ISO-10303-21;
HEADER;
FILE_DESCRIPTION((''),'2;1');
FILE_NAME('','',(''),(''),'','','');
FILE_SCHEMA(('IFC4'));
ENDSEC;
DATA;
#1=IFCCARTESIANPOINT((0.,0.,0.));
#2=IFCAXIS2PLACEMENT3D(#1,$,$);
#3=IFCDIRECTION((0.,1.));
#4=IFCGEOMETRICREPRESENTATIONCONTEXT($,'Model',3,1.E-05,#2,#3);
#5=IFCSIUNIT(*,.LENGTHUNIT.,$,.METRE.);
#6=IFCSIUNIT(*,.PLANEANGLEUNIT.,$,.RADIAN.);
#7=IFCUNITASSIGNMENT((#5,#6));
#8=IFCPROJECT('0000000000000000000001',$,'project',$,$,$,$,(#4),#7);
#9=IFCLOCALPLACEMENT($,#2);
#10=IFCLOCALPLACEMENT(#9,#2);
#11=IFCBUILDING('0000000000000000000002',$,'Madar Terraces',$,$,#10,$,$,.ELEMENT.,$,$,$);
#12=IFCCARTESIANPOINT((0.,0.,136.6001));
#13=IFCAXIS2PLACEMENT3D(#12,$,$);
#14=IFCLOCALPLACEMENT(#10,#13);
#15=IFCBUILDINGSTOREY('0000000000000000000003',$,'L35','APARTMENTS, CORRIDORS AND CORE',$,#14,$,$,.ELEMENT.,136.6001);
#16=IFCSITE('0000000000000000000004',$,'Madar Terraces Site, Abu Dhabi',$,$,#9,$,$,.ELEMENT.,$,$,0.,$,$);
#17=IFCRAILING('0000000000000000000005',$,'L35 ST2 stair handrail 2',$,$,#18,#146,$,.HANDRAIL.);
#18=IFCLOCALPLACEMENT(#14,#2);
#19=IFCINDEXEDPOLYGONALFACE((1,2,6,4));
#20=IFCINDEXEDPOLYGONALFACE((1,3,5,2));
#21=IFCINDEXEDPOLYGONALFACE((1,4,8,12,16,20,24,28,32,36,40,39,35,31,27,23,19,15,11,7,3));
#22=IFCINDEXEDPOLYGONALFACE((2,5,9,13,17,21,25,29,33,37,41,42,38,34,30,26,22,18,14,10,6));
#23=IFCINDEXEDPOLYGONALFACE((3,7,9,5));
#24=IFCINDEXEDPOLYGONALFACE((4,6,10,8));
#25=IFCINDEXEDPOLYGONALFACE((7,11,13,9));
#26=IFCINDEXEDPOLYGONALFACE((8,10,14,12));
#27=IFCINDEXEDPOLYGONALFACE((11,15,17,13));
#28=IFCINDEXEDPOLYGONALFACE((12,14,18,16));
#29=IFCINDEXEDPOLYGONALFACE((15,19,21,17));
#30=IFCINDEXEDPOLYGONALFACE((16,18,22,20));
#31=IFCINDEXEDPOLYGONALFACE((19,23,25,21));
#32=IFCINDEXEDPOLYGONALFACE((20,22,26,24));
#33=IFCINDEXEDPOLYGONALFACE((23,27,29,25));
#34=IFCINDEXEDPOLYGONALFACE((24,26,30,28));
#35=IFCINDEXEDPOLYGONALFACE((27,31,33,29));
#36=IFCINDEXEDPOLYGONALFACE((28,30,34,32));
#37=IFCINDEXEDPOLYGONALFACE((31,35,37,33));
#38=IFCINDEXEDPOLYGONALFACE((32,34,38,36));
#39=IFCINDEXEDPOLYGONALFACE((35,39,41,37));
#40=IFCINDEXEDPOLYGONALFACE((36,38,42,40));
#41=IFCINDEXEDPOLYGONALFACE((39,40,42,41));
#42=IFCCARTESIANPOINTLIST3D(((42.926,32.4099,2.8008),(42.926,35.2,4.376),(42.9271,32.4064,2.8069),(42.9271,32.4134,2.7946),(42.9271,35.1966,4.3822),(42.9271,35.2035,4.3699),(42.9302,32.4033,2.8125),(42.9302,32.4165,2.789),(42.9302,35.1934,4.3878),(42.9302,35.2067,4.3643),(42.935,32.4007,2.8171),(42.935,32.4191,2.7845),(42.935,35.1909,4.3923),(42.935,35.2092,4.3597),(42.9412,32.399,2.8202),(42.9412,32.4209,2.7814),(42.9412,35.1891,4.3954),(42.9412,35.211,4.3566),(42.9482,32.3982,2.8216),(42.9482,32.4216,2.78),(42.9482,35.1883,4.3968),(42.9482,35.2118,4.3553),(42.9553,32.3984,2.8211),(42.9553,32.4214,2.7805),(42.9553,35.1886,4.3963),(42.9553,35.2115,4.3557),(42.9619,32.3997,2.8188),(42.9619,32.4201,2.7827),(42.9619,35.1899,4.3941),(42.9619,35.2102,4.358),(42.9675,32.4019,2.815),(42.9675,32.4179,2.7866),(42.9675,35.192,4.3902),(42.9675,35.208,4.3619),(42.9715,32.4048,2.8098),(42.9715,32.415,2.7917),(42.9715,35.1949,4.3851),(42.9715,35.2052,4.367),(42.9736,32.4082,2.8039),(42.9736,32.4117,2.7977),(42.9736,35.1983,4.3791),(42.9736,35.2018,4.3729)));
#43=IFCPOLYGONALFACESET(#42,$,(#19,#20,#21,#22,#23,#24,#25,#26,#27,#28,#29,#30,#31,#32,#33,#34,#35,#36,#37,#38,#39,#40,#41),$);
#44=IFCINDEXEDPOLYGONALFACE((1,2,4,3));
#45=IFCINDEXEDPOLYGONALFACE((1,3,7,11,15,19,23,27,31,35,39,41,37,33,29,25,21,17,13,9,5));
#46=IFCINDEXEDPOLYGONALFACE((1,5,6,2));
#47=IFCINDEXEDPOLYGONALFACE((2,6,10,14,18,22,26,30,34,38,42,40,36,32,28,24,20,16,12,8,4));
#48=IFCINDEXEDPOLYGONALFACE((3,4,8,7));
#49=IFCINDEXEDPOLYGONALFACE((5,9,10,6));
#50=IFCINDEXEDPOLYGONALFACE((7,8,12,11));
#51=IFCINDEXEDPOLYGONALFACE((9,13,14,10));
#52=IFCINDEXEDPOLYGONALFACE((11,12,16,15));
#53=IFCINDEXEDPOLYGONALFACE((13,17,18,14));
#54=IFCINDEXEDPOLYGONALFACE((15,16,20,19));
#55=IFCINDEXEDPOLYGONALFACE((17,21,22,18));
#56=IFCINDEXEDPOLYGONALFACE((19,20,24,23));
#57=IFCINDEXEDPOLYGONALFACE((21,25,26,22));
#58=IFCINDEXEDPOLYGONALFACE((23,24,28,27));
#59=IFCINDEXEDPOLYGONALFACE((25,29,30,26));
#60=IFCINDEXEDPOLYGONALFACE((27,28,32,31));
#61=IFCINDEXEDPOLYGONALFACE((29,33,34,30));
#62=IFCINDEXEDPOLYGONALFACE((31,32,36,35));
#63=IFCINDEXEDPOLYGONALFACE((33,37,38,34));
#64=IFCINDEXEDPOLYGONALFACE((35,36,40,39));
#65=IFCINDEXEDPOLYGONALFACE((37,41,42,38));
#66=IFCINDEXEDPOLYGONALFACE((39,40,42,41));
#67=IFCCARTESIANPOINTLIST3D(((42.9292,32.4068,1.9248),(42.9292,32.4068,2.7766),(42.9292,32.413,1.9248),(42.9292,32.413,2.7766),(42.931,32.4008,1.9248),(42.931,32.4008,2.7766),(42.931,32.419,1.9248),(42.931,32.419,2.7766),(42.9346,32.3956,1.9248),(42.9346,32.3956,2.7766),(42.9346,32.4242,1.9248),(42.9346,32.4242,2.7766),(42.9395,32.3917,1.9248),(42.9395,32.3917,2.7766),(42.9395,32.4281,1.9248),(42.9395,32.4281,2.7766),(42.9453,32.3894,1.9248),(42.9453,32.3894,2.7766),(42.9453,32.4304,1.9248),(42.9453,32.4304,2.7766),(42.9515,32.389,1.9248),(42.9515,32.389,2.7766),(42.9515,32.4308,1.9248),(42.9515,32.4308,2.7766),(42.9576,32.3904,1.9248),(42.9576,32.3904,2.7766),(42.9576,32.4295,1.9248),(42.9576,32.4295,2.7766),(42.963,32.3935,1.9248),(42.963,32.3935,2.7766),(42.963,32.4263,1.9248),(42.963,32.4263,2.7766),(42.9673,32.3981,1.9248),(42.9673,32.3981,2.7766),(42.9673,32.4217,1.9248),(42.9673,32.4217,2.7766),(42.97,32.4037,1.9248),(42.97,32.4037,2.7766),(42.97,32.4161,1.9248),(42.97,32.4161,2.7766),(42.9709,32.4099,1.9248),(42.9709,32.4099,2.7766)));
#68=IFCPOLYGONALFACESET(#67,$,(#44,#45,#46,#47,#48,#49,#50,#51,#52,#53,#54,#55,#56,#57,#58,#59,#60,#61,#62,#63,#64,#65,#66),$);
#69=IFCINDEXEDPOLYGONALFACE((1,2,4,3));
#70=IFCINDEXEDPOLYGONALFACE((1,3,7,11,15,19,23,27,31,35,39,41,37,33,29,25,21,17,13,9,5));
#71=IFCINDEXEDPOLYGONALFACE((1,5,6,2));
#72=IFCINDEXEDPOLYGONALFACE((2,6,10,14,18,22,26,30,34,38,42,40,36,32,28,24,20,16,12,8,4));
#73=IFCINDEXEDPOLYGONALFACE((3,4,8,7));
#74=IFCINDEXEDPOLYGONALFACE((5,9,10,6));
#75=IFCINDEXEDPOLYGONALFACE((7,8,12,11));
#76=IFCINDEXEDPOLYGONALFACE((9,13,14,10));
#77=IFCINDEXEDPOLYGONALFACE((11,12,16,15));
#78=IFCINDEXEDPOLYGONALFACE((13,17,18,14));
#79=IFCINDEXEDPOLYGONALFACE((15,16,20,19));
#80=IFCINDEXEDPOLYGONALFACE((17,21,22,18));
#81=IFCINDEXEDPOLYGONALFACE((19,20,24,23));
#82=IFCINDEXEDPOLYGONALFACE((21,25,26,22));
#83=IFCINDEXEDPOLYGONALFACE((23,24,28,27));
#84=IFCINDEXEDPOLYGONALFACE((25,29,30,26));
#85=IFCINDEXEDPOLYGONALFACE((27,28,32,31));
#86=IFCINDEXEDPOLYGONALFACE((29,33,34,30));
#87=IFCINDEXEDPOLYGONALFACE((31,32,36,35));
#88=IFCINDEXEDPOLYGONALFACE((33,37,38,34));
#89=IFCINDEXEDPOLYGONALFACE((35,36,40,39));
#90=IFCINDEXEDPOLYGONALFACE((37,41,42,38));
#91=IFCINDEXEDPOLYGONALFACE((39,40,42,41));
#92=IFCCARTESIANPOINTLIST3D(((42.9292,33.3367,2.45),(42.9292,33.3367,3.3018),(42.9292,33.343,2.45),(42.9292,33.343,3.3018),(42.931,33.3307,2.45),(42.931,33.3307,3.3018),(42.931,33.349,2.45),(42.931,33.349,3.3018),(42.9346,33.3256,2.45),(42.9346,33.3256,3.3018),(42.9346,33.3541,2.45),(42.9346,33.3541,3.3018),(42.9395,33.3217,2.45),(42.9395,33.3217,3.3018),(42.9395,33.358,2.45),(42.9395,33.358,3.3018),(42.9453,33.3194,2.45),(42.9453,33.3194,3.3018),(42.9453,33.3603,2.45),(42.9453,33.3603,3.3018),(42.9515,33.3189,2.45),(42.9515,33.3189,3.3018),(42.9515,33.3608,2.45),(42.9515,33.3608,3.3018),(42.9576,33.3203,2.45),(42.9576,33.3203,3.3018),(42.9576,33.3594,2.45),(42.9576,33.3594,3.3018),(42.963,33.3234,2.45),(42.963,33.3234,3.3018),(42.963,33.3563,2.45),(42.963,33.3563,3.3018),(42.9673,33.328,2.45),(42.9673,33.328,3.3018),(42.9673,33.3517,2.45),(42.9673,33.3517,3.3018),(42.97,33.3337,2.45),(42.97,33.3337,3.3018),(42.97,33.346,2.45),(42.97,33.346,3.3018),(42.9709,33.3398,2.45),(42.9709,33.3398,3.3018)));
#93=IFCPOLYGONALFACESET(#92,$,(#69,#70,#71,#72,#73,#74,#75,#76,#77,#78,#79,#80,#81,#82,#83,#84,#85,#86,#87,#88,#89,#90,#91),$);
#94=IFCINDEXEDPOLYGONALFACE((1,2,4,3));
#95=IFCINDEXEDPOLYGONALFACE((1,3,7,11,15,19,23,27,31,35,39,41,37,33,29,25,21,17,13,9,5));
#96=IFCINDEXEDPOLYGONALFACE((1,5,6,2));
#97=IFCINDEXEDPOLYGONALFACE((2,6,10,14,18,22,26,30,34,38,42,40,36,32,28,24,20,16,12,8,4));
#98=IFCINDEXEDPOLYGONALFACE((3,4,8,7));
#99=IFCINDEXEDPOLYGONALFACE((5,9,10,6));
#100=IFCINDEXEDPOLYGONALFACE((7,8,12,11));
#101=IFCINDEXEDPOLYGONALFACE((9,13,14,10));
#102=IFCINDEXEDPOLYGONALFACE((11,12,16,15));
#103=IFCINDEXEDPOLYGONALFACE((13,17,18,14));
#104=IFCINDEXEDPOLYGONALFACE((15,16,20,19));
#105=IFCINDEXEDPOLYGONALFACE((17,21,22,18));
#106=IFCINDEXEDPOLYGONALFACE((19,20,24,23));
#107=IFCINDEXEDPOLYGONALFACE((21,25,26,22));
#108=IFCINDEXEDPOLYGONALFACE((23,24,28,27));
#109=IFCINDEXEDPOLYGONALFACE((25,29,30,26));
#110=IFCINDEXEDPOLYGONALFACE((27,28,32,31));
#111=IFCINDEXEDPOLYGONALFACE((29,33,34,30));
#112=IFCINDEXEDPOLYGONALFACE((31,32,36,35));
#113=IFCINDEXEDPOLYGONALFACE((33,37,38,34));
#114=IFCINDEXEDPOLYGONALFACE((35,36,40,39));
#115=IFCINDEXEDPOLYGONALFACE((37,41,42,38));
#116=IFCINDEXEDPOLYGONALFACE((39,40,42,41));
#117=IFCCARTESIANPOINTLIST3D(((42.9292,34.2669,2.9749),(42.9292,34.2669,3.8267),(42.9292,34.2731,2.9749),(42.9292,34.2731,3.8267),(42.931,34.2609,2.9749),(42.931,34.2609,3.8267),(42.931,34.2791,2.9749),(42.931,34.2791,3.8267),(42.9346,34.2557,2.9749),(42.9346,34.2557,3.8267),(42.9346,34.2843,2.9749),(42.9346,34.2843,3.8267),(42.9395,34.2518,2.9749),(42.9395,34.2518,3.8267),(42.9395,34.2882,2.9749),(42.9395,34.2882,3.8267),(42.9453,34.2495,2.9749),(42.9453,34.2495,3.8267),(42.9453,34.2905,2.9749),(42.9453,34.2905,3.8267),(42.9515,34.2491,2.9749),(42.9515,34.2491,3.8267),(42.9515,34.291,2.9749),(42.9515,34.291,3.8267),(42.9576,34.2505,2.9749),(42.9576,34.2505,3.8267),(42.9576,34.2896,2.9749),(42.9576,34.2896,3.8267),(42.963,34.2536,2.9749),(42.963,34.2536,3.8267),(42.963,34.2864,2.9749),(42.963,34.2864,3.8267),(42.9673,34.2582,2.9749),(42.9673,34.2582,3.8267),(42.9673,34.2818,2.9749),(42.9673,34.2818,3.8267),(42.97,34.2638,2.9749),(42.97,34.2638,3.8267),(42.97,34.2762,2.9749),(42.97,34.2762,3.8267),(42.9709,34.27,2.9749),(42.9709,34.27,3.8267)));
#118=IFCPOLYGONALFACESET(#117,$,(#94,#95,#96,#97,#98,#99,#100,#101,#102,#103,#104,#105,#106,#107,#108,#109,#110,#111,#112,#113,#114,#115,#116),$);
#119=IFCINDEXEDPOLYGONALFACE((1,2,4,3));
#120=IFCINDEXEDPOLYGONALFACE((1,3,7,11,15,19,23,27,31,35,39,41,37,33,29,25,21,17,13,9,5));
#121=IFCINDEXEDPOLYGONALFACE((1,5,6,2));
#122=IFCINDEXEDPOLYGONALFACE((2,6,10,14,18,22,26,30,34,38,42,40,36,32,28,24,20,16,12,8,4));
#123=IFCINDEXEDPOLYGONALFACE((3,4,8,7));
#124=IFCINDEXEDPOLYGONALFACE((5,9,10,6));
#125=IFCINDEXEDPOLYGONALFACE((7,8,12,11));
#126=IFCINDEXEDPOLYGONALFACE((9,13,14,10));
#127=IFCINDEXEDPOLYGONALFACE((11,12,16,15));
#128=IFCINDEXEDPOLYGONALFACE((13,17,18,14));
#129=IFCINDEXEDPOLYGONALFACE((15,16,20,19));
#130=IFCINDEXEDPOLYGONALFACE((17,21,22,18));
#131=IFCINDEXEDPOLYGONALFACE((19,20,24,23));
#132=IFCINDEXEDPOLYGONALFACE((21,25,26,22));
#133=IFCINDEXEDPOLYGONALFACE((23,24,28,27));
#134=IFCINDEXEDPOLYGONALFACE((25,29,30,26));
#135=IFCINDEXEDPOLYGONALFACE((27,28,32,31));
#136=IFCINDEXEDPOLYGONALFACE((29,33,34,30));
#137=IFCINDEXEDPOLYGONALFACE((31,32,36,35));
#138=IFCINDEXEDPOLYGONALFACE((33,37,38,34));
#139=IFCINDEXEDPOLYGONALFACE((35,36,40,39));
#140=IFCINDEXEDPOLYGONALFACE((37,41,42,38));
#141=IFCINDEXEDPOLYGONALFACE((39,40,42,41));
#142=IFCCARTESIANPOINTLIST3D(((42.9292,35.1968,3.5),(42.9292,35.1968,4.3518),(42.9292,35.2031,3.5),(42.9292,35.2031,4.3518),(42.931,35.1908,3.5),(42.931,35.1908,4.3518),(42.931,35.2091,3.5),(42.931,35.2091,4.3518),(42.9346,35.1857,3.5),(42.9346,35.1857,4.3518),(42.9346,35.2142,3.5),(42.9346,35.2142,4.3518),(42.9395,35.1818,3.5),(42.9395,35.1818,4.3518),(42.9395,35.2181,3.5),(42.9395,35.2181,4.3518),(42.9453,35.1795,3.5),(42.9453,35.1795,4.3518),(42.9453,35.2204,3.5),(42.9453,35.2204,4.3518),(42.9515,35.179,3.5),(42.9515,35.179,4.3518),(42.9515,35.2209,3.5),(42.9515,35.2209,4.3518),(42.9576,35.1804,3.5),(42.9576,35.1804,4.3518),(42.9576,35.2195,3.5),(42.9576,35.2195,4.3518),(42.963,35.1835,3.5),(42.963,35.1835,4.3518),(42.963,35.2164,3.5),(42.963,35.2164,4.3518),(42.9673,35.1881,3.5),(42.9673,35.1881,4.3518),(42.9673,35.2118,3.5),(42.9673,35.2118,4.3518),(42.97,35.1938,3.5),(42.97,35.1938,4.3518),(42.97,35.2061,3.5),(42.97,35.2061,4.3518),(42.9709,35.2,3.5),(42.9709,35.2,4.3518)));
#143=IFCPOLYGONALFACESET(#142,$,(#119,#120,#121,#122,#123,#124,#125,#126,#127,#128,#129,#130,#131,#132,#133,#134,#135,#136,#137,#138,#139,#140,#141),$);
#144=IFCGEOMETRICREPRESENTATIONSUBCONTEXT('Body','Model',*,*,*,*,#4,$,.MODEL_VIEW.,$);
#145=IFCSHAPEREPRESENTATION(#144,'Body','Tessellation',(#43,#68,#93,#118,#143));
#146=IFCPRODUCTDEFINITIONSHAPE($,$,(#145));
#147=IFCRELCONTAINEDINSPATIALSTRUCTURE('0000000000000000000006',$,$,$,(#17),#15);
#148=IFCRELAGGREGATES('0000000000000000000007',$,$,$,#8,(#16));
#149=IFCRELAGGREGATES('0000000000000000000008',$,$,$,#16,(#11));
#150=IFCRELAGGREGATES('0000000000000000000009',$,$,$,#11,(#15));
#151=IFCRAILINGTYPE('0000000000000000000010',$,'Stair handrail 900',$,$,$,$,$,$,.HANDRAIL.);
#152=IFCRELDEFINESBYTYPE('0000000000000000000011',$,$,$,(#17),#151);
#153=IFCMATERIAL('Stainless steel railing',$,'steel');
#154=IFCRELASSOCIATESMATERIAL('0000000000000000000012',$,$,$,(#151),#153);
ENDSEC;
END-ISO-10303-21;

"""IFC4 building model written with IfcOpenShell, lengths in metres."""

from ifc_helpers import new_model, si_unit, direction, frame, origin, origin_2d, place, context, subcontext, project, spatial, circle, extrude, material, type_object, element, save


model = new_model("IFC4")

# Units and contexts
model_context = context("Model", 3, precision=1e-05, world=origin(), true_north=direction((0.0, 1.0)))
body_context = subcontext(model_context, "Body", "Model", "MODEL_VIEW")
ifc_project = project(units=[si_unit("LENGTHUNIT", "METRE"), si_unit("PLANEANGLEUNIT", "RADIAN")], contexts=[model_context])

# Site, building, storey
site_placement = place(None, origin())
site = spatial("IfcSite", under=ifc_project, at=site_placement, Name="Madar Terraces Site, Abu Dhabi", CompositionType="ELEMENT", RefElevation=0.0)
building_placement = place(site_placement, origin())
building = spatial("IfcBuilding", under=site, at=building_placement, Name="Madar Terraces", CompositionType="ELEMENT")
storey_placement = place(building_placement, frame((0.0, 0.0, 136.6001)))
storey = spatial("IfcBuildingStorey", under=building, at=storey_placement, Name="L35", Description="APARTMENTS, CORRIDORS AND CORE", CompositionType="ELEMENT", Elevation=136.6001)

# Railing
ifc_material_1 = material(Name="Stainless steel railing", Category="steel")
railing_type_1 = type_object("IfcRailingType", Name="Stair handrail 900", PredefinedType="HANDRAIL", material=ifc_material_1)
railing_1_placement = place(storey_placement, frame((42.95, 32.4099, 1.9248)))
element("IfcRailing", 1, at=railing_1_placement, inside=storey, type_object=railing_type_1, Name="L35 ST2 stair handrail 2", PredefinedType="HANDRAIL", context=body_context, shape_type="SweptSolid", body=[
    extrude(circle(Radius=0.0239, at=origin_2d()), frame((0.0, 0.0, 0.876), z_axis=(0.0, 0.870801, 0.491635), x_axis=(-1.0, 0.0, 0.0)), (0.0, 0.0, 1.0), 3.2041),
    extrude(circle(Radius=0.021, at=origin_2d()), origin(), (0.0, 0.0, 1.0), 0.8518),
    extrude(circle(Radius=0.021, at=origin_2d()), frame((0.0, 0.9299, 0.5251)), (0.0, 0.0, 1.0), 0.8518),
    extrude(circle(Radius=0.021, at=origin_2d()), frame((0.0, 1.8601, 1.05)), (0.0, 0.0, 1.0), 0.8518),
    extrude(circle(Radius=0.021, at=origin_2d()), frame((0.0, 2.79, 1.5752)), (0.0, 0.0, 1.0), 0.8518),
])

save(model, "model.ifc")
